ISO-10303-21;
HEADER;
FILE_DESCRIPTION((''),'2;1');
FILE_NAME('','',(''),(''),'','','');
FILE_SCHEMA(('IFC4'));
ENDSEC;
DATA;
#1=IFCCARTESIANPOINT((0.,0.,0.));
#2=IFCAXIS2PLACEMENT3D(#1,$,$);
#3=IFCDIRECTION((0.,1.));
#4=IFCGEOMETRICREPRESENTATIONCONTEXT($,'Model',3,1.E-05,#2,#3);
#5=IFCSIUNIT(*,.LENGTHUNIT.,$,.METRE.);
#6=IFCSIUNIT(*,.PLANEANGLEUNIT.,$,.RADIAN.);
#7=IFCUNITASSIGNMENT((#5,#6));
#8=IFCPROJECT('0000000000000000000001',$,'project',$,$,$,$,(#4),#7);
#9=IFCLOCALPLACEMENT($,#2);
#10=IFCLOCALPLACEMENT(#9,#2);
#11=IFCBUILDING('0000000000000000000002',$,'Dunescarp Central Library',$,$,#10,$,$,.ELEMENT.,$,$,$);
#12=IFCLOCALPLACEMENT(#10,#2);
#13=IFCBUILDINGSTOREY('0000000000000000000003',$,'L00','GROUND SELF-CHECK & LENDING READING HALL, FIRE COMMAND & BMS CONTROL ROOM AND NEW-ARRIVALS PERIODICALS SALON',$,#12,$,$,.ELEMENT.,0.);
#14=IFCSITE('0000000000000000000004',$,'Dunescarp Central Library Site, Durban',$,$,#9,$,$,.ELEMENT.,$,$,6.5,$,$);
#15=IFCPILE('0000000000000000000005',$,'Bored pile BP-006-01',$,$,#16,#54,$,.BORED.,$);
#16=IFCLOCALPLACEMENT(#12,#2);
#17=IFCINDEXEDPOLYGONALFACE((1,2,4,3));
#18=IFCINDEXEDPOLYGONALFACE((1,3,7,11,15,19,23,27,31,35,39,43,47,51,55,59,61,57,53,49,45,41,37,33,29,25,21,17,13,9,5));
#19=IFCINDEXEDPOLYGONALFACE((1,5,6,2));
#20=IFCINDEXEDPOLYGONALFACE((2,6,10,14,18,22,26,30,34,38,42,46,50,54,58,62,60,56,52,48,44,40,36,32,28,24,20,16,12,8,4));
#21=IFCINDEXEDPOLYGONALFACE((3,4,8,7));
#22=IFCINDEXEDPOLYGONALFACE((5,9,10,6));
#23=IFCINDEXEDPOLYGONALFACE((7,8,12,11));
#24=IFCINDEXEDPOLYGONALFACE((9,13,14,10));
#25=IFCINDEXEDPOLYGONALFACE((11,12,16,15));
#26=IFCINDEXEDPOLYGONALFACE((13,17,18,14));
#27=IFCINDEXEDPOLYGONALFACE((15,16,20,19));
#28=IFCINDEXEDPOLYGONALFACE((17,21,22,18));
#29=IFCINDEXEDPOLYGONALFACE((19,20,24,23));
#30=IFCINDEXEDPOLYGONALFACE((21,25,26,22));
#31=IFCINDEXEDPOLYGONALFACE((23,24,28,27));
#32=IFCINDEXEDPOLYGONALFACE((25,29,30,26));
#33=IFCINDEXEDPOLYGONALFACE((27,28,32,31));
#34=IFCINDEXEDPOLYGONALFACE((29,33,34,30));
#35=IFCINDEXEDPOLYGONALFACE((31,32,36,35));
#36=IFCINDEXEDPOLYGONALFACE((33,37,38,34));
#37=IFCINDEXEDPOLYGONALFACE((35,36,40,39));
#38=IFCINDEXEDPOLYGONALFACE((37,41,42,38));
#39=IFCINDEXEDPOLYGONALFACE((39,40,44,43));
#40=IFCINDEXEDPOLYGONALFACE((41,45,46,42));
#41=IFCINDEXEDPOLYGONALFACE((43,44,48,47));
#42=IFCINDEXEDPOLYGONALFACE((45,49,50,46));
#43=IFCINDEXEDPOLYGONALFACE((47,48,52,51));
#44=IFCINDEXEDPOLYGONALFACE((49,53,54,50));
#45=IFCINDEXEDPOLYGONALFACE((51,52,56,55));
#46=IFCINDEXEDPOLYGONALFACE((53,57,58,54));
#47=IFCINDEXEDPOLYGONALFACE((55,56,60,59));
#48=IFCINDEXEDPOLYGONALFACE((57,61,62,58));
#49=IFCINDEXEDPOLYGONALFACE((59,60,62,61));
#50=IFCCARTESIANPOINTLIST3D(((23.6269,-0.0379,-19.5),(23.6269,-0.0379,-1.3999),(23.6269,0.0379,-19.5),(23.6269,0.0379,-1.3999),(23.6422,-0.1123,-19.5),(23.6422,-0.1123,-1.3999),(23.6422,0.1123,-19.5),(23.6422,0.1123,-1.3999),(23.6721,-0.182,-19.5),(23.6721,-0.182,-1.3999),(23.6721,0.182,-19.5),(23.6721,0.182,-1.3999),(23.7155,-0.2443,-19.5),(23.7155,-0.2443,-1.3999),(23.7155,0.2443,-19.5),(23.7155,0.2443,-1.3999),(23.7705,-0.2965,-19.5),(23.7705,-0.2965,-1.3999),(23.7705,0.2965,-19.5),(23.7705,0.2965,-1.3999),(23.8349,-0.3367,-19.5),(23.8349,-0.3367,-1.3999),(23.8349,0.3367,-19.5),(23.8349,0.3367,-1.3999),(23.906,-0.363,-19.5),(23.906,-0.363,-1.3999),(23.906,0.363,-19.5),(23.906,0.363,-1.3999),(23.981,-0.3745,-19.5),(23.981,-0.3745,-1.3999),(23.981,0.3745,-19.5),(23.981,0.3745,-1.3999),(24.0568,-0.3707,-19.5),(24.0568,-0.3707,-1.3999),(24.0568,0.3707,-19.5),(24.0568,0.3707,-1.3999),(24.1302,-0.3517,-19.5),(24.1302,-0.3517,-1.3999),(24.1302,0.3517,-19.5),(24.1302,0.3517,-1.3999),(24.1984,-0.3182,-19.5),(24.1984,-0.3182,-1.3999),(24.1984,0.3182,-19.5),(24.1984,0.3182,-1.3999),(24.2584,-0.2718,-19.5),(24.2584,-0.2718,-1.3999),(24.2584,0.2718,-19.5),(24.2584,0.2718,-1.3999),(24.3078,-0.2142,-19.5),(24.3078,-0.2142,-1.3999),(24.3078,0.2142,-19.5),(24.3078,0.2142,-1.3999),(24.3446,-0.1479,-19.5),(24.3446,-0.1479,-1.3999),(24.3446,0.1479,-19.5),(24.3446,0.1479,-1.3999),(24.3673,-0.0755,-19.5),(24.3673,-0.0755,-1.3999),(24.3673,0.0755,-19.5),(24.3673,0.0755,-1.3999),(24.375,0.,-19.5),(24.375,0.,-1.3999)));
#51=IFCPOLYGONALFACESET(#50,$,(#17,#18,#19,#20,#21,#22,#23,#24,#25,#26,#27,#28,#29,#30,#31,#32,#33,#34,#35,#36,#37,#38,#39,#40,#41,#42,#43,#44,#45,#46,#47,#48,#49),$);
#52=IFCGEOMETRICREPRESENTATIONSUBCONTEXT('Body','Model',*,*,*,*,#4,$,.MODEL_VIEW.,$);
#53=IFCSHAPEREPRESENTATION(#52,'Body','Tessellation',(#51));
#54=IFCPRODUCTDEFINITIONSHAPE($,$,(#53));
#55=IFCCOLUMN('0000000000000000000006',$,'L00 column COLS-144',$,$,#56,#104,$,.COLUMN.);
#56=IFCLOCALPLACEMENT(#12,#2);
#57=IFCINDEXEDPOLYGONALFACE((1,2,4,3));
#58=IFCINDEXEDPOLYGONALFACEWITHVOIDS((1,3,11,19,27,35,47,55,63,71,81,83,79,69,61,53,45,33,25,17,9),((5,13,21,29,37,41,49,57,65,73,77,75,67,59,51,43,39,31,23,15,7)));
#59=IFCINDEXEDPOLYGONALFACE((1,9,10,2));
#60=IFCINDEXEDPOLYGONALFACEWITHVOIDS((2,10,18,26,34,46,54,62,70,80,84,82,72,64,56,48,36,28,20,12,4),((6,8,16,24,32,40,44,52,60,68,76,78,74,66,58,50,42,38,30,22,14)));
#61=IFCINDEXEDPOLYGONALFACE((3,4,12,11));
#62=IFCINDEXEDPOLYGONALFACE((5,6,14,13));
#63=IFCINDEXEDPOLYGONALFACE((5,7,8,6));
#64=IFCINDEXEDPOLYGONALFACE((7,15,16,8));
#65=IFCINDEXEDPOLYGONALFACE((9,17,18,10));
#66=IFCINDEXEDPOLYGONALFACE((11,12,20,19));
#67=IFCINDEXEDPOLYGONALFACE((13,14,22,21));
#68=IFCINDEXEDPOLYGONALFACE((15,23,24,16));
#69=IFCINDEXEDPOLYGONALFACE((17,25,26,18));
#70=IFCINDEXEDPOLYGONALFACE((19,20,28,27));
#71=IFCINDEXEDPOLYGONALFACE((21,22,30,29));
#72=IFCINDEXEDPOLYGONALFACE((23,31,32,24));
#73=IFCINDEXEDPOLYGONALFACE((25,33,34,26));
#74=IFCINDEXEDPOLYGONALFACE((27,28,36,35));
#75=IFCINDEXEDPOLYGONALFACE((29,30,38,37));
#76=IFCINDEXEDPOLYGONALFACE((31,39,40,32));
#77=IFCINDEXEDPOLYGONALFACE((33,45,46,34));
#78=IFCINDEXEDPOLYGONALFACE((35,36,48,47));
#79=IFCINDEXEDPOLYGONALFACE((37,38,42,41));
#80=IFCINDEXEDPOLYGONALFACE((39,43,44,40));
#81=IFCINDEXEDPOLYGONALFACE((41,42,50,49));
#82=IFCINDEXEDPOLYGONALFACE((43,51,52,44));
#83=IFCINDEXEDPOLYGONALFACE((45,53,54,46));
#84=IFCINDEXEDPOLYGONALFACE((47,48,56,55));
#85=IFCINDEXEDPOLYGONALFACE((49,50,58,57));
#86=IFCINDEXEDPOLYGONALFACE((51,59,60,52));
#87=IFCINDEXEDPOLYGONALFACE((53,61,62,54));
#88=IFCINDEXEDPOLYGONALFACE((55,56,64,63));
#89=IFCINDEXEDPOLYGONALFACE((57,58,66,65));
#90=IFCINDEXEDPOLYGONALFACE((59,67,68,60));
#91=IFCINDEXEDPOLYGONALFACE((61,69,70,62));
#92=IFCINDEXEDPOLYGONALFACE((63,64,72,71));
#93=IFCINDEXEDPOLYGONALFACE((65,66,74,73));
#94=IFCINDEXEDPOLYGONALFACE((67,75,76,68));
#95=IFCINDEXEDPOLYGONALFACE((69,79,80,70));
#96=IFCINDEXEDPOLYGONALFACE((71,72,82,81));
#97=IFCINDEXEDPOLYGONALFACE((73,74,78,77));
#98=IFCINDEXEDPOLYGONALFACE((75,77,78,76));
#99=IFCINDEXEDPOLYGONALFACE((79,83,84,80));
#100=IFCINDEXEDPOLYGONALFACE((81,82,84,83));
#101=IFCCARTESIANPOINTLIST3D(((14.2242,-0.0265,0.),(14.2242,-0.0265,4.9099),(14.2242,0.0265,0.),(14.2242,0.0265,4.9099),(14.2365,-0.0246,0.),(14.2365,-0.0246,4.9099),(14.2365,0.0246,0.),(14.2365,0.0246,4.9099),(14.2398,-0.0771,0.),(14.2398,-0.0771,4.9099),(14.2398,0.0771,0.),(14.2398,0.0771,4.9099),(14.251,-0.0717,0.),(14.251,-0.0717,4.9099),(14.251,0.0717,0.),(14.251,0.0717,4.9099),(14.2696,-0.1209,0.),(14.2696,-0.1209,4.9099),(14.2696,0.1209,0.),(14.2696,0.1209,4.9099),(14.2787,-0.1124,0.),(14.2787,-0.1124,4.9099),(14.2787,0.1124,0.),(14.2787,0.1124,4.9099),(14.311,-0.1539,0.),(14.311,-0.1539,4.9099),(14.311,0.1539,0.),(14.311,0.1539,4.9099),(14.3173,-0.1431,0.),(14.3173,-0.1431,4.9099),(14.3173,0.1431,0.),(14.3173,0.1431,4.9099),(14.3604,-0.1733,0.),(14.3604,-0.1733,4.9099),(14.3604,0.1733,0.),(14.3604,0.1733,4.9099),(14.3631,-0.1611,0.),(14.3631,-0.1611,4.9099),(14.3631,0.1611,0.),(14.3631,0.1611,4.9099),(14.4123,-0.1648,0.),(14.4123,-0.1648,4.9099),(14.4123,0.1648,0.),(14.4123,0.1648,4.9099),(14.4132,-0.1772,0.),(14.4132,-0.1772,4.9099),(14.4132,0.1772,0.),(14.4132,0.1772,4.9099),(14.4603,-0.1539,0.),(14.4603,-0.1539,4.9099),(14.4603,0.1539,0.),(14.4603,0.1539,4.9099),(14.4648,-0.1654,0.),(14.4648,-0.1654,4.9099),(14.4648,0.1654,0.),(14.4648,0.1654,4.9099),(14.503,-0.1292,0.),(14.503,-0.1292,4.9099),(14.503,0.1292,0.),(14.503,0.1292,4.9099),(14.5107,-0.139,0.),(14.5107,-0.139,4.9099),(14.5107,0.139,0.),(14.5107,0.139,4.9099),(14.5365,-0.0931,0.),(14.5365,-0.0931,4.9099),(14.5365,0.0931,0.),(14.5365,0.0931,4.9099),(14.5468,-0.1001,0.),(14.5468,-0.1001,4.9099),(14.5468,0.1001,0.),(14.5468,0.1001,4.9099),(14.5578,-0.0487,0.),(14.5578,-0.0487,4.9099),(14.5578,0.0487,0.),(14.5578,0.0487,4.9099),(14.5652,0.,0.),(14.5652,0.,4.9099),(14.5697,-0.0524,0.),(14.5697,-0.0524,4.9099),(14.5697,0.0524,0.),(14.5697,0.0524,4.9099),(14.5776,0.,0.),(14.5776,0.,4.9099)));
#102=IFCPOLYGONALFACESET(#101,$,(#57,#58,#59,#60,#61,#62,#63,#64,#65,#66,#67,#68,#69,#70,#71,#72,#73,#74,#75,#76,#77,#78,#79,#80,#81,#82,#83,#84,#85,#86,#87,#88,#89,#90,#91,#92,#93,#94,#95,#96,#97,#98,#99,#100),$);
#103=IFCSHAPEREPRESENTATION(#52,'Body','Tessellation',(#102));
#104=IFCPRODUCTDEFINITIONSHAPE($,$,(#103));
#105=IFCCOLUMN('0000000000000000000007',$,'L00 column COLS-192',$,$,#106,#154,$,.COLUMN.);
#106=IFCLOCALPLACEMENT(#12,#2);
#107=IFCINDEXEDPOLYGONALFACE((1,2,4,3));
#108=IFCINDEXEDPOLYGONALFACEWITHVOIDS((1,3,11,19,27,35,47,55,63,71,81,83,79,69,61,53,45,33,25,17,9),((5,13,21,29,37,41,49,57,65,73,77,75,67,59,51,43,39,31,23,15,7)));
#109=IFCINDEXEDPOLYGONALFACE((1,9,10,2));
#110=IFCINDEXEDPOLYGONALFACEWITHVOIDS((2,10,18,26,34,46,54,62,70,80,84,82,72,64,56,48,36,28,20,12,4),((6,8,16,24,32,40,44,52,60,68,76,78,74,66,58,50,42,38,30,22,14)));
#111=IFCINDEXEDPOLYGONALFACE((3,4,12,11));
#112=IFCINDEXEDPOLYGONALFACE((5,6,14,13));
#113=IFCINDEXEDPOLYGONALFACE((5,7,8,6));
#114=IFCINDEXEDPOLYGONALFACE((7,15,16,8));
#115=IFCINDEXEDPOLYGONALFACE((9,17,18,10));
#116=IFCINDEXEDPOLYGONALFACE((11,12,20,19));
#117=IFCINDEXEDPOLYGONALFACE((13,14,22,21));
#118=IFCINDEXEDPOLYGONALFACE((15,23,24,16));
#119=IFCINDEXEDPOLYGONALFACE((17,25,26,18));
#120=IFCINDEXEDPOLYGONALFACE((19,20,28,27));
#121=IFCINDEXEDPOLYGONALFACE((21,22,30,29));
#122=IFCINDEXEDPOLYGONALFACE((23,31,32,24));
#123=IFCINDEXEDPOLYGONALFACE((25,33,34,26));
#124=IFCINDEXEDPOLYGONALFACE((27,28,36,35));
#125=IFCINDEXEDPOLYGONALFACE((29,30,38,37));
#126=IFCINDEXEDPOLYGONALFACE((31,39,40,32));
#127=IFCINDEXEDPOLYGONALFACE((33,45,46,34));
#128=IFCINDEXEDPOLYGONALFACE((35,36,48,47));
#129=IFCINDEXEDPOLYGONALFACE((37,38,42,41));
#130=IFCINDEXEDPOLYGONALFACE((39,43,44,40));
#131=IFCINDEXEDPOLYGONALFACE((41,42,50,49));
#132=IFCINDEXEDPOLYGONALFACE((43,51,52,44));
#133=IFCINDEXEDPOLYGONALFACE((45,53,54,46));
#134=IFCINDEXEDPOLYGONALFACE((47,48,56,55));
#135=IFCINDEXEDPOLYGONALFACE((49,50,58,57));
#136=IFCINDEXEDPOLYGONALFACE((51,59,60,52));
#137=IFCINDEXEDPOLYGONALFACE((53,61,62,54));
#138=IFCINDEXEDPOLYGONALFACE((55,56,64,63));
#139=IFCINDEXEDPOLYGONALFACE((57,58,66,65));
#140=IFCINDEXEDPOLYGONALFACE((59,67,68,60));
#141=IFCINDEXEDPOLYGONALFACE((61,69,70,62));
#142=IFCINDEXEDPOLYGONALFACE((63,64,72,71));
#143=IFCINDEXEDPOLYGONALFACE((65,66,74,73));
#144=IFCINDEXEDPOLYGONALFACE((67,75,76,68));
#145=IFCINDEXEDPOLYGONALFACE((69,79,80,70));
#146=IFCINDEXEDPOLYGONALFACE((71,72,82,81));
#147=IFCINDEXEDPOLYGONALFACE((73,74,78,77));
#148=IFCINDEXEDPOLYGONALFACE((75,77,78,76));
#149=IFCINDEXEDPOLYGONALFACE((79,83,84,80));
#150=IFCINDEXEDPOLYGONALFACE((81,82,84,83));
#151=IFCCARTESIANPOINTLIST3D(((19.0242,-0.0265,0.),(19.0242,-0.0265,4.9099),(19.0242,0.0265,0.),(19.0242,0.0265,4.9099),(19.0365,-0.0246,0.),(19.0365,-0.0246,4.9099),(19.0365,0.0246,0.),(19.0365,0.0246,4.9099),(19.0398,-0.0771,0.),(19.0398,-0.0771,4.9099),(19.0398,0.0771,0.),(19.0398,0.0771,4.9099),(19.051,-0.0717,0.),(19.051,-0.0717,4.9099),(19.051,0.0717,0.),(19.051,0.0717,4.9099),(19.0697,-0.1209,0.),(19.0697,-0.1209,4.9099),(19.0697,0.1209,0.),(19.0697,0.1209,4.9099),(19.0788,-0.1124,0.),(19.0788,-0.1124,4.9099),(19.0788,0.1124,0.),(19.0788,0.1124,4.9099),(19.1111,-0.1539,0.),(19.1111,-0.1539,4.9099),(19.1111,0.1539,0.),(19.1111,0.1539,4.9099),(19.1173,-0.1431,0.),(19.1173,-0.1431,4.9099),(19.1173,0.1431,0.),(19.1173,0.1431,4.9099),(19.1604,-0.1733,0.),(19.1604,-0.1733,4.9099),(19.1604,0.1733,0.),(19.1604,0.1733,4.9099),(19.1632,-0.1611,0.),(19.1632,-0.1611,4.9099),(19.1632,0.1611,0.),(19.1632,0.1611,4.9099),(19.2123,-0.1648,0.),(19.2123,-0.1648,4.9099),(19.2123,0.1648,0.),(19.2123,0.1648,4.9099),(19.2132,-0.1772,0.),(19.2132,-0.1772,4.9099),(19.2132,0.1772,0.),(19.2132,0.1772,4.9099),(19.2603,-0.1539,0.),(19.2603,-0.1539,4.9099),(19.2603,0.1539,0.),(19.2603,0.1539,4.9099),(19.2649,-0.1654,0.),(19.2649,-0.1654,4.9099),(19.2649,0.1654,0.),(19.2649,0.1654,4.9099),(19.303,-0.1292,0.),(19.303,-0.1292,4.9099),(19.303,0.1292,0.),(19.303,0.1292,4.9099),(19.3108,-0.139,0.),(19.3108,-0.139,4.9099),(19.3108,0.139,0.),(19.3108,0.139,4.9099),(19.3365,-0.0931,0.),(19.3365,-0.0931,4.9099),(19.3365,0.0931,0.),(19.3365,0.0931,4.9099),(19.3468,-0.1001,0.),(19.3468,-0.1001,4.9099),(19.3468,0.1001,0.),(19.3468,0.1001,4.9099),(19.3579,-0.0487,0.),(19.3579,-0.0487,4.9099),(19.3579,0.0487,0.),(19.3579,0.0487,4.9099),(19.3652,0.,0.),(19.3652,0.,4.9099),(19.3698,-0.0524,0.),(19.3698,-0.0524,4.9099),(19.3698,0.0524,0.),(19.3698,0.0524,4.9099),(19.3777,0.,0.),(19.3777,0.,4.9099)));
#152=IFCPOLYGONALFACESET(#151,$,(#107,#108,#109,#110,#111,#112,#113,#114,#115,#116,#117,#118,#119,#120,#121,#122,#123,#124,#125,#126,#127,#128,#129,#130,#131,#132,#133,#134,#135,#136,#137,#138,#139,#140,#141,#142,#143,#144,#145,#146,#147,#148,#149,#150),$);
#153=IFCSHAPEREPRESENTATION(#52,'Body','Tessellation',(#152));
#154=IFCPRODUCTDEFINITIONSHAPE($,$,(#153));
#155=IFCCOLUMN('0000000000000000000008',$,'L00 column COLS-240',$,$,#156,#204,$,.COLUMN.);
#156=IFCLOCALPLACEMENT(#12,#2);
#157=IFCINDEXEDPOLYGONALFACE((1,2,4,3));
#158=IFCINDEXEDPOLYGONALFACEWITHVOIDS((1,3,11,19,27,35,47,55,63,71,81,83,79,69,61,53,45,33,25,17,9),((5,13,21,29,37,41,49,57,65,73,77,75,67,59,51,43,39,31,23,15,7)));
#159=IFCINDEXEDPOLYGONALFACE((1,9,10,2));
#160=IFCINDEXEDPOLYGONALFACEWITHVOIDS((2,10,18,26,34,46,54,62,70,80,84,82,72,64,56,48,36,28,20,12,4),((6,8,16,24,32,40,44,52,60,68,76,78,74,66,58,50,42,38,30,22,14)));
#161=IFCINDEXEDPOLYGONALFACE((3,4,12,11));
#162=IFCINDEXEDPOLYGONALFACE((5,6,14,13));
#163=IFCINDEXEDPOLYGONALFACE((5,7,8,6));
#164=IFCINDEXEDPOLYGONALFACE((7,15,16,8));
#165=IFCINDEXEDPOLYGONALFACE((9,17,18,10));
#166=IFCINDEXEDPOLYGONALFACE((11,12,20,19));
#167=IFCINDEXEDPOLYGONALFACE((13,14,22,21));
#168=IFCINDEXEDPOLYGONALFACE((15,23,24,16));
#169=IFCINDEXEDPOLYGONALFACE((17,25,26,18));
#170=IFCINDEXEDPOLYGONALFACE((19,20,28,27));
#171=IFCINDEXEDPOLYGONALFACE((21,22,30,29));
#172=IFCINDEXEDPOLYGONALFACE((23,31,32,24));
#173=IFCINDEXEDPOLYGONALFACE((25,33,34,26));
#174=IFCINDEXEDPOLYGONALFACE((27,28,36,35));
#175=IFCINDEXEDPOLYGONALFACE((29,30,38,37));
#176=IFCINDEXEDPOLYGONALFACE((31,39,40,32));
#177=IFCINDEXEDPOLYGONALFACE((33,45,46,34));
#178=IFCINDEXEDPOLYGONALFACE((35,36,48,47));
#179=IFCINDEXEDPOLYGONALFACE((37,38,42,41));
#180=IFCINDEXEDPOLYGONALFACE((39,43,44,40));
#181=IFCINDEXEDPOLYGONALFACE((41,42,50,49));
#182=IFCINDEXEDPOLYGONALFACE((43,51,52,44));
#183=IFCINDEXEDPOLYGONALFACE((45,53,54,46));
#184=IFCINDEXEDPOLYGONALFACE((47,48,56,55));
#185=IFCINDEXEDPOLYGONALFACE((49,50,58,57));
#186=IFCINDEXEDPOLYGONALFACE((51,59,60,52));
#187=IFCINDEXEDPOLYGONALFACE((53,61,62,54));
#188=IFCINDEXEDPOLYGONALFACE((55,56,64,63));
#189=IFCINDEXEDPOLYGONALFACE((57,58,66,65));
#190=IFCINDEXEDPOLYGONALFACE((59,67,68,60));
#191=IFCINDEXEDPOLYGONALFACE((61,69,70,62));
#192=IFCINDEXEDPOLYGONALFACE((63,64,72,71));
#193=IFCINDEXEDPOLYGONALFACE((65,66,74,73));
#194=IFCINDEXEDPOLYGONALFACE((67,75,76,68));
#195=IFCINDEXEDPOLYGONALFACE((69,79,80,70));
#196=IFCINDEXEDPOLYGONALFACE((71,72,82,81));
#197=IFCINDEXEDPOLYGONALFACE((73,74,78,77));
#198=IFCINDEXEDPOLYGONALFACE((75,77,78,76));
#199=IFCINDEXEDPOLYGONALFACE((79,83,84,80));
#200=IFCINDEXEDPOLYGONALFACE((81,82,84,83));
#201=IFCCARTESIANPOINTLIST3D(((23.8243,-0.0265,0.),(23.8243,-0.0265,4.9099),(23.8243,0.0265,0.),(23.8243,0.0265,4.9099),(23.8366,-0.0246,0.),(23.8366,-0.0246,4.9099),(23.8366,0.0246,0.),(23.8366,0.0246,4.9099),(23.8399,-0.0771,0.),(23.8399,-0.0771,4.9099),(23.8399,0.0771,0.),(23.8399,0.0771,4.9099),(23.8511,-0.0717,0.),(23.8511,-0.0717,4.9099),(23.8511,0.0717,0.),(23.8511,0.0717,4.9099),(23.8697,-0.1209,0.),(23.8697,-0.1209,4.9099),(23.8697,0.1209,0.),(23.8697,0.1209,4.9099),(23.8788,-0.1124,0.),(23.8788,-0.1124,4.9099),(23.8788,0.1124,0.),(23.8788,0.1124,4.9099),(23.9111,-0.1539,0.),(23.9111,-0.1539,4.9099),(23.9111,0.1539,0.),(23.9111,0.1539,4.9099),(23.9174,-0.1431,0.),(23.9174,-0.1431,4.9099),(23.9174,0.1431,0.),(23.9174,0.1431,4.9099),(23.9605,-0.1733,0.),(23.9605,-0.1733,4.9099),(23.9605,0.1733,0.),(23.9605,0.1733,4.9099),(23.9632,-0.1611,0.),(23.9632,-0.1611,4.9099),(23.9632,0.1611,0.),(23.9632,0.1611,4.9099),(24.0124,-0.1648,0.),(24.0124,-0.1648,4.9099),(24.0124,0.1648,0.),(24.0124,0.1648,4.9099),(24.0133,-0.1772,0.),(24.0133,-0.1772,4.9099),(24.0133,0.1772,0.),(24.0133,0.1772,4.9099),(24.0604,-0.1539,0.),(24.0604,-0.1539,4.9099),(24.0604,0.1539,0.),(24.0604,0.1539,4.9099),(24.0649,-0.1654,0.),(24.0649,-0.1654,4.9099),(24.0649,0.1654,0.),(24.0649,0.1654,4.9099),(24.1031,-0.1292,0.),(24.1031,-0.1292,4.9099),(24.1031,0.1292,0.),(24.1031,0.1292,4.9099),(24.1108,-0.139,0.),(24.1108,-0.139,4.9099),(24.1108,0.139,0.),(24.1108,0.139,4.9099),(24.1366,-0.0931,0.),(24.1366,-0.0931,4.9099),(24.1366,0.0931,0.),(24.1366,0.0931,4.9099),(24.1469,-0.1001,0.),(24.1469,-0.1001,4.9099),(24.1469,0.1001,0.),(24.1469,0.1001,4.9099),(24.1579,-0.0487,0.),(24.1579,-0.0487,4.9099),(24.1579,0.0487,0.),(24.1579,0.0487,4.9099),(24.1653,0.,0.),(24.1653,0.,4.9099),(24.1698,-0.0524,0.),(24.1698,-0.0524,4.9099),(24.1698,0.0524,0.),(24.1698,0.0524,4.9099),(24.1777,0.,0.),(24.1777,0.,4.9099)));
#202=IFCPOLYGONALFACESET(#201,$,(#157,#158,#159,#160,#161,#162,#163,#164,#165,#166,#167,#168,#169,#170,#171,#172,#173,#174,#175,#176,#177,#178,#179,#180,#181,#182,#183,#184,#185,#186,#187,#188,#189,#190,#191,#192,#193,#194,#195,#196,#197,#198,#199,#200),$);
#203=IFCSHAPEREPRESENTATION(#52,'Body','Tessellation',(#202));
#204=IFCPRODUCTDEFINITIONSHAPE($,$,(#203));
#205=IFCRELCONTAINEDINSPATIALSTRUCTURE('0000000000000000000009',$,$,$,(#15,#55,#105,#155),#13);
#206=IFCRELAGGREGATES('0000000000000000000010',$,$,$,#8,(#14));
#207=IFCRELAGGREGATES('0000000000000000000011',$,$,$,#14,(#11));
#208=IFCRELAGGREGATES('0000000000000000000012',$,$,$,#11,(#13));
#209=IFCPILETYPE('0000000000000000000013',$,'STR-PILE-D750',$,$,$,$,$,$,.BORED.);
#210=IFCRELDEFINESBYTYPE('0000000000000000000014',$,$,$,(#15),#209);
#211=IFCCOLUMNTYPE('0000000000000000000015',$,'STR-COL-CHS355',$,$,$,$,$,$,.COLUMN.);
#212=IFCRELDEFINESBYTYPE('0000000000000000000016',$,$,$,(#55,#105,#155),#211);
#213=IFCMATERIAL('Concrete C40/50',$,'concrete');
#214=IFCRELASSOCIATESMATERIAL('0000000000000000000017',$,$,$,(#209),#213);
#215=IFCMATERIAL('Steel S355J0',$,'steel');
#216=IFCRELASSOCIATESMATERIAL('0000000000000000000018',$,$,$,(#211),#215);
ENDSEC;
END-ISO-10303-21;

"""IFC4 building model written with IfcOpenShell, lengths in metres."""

from ifc_helpers import new_model, si_unit, direction, frame, origin, origin_2d, place, context, subcontext, project, spatial, circle, hollow_circle, extrude, material, material_profile, profile_set, type_object, element, save


model = new_model("IFC4")

# Units and contexts
model_context = context("Model", 3, precision=1e-05, world=origin(), true_north=direction((0.0, 1.0)))
body_context = subcontext(model_context, "Body", "Model", "MODEL_VIEW")
ifc_project = project(units=[si_unit("LENGTHUNIT", "METRE"), si_unit("PLANEANGLEUNIT", "RADIAN")], contexts=[model_context])

# Site, building, storey
site_placement = place(None, origin())
site = spatial("IfcSite", under=ifc_project, at=site_placement, Name="Dunescarp Central Library Site, Durban", CompositionType="ELEMENT", RefElevation=6.5)
building_placement = place(site_placement, origin())
building = spatial("IfcBuilding", under=site, at=building_placement, Name="Dunescarp Central Library", CompositionType="ELEMENT")
storey_placement = place(building_placement, origin())
storey = spatial("IfcBuildingStorey", under=building, at=storey_placement, Name="L00", Description="GROUND SELF-CHECK & LENDING READING HALL, FIRE COMMAND & BMS CONTROL ROOM AND NEW-ARRIVALS PERIODICALS SALON", CompositionType="ELEMENT", Elevation=0.0)

# Shared definitions
ifc_material_1 = material(Name="Concrete C40/50", Category="concrete")

# Pile
ifc_material_profile_1 = material_profile(ifc_material_1, circle(Radius=0.375, at=origin_2d()), Name="PILE D750")
ifc_profile_set_1 = profile_set([ifc_material_profile_1], Name="Concrete C40/50")
pile_type_1 = type_object("IfcPileType", Name="STR-PILE-D750", PredefinedType="BORED", material=ifc_profile_set_1)
for number, where, z_axis, x_axis, name in (
    (1, (24.0, 0.0, -1.3999), (0.0, 0.0, -1.0), (1.0, 0.0, 0.0), "Bored pile BP-006-01"),
):
    element("IfcPile", number, at=place(storey_placement, frame(where, z_axis=z_axis, x_axis=x_axis)), inside=storey, type_object=pile_type_1, Name=name, PredefinedType="BORED", context=body_context, shape_type="SweptSolid", body=[
        extrude(circle(Radius=0.375, at=origin_2d()), origin(), (0.0, 0.0, 1.0), 18.1001),
    ])

# Columns
ifc_material_2 = material(Name="Steel S355J0", Category="steel")
ifc_material_profile_2 = material_profile(ifc_material_2, hollow_circle(Radius=0.1777, WallThickness=0.0125, at=origin_2d()), Name="CHS 355.6x12.5")
ifc_profile_set_2 = profile_set([ifc_material_profile_2], Name="Steel S355J0")
column_type_1 = type_object("IfcColumnType", Name="STR-COL-CHS355", PredefinedType="COLUMN", material=ifc_profile_set_2)
for number, where, z_axis, x_axis, name in (
    (2, (14.3999, 0.0, 0.0), (0.0, 0.0, 1.0), (1.0, 0.0, 0.0), "L00 column COLS-144"),
    (3, (19.2, 0.0, 0.0), (0.0, 0.0, 1.0), (1.0, 0.0, 0.0), "L00 column COLS-192"),
    (4, (24.0, 0.0, 0.0), (0.0, 0.0, 1.0), (1.0, 0.0, 0.0), "L00 column COLS-240"),
):
    element("IfcColumn", number, at=place(storey_placement, frame(where, z_axis=z_axis, x_axis=x_axis)), inside=storey, type_object=column_type_1, Name=name, PredefinedType="COLUMN", context=body_context, shape_type="SweptSolid", body=[
        extrude(hollow_circle(Radius=0.1777, WallThickness=0.0125, at=origin_2d()), origin(), (0.0, 0.0, 1.0), 4.9099),
    ])

save(model, "model.ifc")
